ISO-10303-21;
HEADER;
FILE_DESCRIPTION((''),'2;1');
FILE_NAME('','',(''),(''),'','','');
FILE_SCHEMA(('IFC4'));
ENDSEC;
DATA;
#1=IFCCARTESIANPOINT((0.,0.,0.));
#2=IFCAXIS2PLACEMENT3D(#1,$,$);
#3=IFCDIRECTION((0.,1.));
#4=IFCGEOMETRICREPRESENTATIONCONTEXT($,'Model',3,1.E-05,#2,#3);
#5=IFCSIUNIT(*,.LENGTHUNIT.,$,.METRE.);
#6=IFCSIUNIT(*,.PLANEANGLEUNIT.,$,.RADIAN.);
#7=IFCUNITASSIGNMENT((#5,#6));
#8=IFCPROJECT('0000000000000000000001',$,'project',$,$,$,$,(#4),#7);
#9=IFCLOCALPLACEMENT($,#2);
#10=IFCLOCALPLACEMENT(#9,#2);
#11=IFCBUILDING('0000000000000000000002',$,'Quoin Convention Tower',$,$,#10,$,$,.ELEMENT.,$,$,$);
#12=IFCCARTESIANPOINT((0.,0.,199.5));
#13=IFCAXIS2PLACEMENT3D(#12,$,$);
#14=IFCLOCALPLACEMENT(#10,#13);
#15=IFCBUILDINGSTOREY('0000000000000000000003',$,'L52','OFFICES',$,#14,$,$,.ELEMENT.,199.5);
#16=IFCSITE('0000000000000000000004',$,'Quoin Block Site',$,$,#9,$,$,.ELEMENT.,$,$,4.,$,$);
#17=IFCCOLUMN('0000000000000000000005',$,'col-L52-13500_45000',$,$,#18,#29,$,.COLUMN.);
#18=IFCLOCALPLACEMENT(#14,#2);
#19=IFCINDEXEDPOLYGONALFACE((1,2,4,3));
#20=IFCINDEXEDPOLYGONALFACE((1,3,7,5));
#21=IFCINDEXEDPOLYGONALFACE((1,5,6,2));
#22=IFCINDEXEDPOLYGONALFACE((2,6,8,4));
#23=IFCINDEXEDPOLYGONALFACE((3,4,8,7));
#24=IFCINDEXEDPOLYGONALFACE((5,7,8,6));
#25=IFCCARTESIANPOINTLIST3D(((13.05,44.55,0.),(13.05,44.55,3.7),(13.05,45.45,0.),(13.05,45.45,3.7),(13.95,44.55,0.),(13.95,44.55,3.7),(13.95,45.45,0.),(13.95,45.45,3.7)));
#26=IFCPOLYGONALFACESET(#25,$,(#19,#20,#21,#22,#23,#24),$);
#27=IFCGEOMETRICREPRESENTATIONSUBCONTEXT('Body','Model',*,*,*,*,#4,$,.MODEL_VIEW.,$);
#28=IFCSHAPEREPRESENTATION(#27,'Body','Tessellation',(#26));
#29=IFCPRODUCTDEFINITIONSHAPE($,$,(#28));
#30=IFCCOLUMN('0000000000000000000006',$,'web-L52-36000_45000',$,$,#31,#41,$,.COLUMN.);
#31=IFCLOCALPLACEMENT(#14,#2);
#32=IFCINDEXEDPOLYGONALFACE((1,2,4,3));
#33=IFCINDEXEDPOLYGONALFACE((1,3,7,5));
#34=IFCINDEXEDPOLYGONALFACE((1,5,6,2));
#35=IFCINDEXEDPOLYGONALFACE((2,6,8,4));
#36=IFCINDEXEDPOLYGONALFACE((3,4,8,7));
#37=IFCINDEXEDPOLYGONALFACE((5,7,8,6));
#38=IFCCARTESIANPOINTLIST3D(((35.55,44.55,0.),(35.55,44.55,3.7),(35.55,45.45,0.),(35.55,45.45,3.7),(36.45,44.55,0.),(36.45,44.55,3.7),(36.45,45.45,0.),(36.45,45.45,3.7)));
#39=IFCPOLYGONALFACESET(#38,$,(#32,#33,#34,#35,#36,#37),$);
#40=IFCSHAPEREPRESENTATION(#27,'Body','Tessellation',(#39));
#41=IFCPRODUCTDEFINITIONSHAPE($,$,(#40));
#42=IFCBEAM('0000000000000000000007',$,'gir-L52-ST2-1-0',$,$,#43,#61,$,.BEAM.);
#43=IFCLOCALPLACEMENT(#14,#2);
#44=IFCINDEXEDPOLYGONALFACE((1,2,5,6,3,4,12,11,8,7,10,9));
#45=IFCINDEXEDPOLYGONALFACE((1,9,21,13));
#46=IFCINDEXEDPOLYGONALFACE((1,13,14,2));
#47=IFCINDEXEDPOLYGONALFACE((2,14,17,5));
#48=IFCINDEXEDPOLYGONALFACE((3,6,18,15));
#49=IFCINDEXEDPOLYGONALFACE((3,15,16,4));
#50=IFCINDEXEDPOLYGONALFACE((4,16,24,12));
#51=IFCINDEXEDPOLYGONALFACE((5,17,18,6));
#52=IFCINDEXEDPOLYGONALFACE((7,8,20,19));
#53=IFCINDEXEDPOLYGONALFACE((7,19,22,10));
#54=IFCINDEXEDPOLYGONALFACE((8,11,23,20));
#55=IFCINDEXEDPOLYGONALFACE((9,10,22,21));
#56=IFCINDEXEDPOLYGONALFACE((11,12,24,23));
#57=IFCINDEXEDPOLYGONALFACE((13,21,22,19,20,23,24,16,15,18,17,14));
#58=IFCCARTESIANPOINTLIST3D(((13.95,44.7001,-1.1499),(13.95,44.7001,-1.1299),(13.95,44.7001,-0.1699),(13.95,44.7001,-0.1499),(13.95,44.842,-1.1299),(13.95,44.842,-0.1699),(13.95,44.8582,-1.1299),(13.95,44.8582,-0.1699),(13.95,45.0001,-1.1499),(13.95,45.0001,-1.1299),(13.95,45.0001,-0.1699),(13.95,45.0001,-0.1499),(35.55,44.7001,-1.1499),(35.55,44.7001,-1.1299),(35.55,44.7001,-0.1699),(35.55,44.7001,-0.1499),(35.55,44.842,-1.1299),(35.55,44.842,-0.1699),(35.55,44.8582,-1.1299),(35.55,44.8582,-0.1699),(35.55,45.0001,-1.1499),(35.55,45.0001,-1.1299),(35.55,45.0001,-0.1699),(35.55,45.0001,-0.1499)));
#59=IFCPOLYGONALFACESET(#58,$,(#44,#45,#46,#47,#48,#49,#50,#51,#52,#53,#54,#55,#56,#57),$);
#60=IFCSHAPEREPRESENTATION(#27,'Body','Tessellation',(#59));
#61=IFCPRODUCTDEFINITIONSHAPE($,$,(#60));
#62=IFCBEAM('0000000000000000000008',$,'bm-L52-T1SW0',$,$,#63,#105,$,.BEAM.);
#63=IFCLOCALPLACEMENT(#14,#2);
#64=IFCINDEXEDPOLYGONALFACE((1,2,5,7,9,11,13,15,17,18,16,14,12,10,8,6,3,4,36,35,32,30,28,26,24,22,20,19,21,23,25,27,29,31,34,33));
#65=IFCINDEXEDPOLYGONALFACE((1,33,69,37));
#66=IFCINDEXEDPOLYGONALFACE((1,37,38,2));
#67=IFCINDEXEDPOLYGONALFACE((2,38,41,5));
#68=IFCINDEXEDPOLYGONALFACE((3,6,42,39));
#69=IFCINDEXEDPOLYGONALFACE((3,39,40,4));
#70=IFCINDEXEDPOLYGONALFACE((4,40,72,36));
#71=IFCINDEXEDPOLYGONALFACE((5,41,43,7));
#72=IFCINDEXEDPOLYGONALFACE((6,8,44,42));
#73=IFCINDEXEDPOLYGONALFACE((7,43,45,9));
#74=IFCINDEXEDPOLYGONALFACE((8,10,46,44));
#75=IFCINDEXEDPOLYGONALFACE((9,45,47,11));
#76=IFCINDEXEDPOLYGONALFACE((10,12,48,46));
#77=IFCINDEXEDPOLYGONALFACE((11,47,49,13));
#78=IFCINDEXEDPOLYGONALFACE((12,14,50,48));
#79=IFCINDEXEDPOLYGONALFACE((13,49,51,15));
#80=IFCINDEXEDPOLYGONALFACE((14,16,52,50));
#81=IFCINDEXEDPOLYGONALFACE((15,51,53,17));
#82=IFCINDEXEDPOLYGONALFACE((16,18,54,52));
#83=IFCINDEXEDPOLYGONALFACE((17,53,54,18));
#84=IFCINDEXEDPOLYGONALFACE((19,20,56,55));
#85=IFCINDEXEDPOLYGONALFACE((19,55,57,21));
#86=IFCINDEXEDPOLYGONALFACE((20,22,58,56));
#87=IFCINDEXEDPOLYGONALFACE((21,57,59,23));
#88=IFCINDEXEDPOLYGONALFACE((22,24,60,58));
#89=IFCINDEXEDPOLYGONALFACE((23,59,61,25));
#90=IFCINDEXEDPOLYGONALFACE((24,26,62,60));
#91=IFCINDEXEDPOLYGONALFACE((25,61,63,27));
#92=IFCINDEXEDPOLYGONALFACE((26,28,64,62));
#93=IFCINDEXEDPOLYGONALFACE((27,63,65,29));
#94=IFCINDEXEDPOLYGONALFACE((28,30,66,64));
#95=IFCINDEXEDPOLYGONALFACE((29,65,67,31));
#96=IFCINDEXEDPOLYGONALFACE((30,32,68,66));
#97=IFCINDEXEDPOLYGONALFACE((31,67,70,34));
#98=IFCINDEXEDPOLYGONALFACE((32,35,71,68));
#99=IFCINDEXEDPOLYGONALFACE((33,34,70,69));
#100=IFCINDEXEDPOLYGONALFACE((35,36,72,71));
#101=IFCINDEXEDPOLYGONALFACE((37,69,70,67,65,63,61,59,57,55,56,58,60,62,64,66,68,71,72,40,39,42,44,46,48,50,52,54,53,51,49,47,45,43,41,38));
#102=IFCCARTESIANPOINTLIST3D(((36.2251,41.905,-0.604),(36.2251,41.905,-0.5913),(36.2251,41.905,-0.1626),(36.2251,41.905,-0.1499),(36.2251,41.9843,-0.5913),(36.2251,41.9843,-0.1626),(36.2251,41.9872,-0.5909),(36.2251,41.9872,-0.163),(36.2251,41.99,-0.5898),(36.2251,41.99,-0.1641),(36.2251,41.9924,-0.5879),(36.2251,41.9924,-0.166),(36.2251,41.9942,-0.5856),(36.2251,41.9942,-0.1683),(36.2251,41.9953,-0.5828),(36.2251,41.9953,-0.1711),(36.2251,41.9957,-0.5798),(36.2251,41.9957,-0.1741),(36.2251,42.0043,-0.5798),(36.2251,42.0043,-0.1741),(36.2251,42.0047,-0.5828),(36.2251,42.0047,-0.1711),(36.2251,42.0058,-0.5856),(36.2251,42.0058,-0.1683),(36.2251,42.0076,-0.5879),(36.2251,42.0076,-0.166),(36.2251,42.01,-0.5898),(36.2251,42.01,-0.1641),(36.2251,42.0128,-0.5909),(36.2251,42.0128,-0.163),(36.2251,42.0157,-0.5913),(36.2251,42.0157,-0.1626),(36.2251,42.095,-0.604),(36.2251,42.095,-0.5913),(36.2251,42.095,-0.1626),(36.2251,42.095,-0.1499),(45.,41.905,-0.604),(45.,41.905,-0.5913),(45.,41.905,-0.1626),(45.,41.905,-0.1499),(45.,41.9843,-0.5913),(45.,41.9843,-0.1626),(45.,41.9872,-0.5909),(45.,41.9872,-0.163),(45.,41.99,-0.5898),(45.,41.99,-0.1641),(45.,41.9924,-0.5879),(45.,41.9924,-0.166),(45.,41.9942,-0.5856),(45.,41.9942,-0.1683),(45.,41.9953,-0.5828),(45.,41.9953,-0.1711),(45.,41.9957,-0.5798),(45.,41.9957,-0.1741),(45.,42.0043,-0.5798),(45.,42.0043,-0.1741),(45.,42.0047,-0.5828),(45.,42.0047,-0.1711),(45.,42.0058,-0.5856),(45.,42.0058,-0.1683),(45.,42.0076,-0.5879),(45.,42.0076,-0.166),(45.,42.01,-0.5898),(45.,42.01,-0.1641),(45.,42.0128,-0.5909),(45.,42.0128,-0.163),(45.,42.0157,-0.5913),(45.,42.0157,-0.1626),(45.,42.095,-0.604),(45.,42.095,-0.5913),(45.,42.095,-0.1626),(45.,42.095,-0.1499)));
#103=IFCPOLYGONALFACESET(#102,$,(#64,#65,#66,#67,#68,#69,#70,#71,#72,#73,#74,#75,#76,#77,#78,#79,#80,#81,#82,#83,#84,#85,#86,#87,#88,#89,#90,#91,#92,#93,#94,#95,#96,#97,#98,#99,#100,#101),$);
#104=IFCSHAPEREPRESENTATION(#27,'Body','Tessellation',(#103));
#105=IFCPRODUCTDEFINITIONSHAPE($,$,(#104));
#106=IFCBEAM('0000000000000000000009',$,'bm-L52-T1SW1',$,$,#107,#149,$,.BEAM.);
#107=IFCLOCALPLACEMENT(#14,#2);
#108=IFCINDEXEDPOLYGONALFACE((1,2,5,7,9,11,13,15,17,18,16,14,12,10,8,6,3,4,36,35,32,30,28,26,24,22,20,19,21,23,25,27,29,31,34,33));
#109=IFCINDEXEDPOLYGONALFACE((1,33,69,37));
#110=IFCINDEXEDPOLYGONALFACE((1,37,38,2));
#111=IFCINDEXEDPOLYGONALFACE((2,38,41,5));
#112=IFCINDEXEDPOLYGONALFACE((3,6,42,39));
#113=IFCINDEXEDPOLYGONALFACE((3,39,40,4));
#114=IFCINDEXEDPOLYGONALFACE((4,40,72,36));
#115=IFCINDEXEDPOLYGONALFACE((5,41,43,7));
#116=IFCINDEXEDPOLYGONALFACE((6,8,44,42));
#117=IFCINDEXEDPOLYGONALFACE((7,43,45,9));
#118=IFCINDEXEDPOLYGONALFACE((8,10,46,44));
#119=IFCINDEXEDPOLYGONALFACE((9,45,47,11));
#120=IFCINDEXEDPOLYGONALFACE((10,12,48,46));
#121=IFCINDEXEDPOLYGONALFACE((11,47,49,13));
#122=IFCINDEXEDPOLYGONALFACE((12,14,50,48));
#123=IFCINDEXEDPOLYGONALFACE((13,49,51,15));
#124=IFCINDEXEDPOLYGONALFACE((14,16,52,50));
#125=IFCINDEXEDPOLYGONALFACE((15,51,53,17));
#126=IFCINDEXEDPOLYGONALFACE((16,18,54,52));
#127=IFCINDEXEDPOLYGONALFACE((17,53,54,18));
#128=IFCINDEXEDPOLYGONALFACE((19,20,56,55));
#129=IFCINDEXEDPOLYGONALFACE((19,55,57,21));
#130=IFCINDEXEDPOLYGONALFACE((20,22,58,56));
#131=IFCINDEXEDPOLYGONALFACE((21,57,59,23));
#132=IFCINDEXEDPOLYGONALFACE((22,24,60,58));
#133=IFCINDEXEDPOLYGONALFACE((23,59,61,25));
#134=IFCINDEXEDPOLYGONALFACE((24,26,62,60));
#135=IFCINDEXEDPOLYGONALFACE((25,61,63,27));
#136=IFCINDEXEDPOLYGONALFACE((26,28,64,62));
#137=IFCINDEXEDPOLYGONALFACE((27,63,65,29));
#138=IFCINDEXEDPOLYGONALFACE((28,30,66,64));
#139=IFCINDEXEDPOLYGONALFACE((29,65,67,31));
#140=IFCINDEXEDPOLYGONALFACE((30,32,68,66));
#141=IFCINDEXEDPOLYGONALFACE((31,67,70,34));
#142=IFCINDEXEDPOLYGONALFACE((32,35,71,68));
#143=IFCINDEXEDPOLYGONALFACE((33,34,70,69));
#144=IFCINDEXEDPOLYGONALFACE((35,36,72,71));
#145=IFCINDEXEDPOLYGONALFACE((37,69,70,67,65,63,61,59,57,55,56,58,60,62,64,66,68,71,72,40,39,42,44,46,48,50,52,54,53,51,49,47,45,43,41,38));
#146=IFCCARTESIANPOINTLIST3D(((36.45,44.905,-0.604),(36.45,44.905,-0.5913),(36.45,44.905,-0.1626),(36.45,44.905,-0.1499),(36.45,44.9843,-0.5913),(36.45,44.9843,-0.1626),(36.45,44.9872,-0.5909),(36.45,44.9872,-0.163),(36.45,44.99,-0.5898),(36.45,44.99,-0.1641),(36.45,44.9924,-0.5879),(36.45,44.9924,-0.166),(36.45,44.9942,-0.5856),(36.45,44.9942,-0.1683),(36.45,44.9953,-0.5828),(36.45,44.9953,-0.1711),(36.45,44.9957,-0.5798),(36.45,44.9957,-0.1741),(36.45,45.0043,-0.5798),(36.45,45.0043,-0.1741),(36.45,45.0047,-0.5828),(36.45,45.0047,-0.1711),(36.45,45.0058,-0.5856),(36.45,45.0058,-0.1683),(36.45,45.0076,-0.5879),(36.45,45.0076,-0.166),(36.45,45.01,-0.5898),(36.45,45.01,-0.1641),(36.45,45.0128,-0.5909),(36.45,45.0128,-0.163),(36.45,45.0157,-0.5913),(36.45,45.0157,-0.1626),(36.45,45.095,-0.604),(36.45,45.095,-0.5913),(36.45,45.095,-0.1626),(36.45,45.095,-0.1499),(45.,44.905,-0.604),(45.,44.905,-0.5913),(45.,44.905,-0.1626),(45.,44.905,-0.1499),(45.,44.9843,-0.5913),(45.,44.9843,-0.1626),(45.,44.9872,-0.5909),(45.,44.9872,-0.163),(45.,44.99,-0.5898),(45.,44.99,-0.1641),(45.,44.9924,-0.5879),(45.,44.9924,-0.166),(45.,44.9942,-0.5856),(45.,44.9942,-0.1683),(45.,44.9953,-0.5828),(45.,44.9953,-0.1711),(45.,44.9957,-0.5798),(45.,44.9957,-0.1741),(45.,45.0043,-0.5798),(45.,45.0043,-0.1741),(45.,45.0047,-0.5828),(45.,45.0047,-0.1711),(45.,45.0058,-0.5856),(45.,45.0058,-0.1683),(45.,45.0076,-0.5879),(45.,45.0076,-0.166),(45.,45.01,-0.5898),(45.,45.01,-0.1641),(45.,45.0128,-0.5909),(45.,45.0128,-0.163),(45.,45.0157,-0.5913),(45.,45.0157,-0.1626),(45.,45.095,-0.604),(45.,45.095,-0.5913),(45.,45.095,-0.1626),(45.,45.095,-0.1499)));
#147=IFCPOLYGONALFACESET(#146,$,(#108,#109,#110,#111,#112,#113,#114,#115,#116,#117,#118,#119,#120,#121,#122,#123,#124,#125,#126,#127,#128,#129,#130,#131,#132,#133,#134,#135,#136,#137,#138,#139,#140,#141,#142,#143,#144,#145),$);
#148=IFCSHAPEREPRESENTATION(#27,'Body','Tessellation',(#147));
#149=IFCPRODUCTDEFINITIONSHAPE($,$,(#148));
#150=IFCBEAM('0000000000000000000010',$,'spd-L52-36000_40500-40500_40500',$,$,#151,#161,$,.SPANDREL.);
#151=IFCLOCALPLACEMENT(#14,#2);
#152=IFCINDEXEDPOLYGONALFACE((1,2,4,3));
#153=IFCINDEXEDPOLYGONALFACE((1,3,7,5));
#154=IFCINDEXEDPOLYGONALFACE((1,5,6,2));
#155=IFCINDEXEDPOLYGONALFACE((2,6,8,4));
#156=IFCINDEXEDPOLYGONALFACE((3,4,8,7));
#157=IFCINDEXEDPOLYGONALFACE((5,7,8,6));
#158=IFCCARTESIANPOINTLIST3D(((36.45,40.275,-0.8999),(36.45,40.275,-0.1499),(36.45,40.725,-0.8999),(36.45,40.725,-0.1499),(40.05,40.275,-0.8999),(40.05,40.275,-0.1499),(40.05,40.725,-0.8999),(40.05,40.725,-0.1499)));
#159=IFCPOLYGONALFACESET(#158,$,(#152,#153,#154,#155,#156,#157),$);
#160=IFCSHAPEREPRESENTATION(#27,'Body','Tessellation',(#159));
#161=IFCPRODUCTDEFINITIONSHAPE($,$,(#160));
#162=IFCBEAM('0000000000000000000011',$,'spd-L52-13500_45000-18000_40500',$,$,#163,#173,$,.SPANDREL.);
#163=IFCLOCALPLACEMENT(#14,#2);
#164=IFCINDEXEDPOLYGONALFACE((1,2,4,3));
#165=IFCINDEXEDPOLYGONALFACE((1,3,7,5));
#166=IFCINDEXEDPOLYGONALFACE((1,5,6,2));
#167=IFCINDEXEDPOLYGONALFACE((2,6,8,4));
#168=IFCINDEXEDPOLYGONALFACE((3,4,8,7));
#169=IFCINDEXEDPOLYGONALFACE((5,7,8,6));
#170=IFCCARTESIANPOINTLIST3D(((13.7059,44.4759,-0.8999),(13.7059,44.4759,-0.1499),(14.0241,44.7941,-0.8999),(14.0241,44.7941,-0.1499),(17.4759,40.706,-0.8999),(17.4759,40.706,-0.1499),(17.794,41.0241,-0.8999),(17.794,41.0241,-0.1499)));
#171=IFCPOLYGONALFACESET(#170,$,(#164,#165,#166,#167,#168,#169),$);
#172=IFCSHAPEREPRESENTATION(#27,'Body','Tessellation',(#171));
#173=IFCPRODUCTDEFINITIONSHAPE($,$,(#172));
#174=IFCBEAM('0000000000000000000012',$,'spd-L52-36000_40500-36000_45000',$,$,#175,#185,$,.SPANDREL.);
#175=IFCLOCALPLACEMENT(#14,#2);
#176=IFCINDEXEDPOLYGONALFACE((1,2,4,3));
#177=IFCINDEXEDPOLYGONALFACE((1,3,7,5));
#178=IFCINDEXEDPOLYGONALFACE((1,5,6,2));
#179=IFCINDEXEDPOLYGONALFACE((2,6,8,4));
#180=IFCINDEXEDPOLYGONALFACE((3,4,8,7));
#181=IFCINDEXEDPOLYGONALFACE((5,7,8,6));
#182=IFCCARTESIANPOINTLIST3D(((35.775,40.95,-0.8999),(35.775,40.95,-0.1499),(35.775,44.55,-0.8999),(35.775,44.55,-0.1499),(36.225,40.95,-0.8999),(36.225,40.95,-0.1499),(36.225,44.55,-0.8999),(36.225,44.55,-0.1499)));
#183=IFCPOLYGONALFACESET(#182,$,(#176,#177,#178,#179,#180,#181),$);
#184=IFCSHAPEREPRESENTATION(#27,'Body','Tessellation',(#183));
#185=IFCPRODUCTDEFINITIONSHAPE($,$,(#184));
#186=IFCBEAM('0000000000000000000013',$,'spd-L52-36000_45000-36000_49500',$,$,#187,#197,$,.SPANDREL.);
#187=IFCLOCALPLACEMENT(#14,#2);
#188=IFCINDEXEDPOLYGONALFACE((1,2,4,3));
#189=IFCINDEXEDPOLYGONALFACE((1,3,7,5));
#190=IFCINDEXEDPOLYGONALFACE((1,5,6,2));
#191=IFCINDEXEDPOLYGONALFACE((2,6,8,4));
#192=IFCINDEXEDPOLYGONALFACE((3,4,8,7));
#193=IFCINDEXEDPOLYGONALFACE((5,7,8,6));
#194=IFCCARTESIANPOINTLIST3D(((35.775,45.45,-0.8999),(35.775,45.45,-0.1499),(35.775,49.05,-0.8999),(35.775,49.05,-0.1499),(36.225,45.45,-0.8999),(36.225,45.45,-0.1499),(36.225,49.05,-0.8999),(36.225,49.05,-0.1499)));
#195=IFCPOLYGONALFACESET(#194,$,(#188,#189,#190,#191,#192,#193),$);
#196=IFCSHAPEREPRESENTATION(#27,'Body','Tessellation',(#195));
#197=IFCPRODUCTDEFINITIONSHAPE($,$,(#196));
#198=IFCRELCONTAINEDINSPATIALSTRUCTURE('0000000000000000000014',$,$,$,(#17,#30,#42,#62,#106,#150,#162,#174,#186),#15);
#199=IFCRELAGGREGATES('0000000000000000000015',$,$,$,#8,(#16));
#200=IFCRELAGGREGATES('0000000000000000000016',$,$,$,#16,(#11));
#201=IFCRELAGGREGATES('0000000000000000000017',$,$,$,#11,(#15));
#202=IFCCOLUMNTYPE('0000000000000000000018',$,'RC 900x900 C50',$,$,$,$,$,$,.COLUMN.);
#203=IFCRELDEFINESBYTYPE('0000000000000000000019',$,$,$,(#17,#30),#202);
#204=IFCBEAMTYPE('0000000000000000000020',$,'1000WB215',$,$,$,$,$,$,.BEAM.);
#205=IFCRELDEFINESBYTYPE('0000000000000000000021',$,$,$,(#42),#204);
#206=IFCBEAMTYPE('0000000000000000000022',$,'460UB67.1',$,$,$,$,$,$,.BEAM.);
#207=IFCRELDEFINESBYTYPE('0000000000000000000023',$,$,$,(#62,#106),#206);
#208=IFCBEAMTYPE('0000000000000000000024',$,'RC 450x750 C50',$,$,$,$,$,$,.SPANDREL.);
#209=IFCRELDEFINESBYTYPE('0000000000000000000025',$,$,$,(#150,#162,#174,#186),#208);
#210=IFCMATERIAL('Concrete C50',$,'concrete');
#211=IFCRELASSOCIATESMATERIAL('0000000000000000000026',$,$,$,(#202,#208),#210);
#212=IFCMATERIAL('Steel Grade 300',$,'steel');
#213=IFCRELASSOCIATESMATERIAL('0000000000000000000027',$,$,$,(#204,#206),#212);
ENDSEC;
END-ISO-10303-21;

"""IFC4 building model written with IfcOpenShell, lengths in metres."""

from ifc_helpers import new_model, si_unit, direction, frame, origin, origin_2d, place, context, subcontext, project, spatial, rectangle, i_section, extrude, material, material_profile, profile_set, type_object, element, save


model = new_model("IFC4")

# Units and contexts
model_context = context("Model", 3, precision=1e-05, world=origin(), true_north=direction((0.0, 1.0)))
body_context = subcontext(model_context, "Body", "Model", "MODEL_VIEW")
ifc_project = project(units=[si_unit("LENGTHUNIT", "METRE"), si_unit("PLANEANGLEUNIT", "RADIAN")], contexts=[model_context])

# Site, building, storey
site_placement = place(None, origin())
site = spatial("IfcSite", under=ifc_project, at=site_placement, Name="Quoin Block Site", CompositionType="ELEMENT", RefElevation=4.0)
building_placement = place(site_placement, origin())
building = spatial("IfcBuilding", under=site, at=building_placement, Name="Quoin Convention Tower", CompositionType="ELEMENT")
storey_placement = place(building_placement, frame((0.0, 0.0, 199.5)))
storey = spatial("IfcBuildingStorey", under=building, at=storey_placement, Name="L52", Description="OFFICES", CompositionType="ELEMENT", Elevation=199.5)

# Columns
ifc_material_1 = material(Name="Concrete C50", Category="concrete")
ifc_material_profile_1 = material_profile(ifc_material_1, rectangle(XDim=0.8999, YDim=0.8999, at=origin_2d()), Name="RC 900x900")
ifc_profile_set_1 = profile_set([ifc_material_profile_1], Name="Concrete C50")
column_type = type_object("IfcColumnType", Name="RC 900x900 C50", PredefinedType="COLUMN", material=ifc_profile_set_1)
for number, where, z_axis, x_axis, name in (
    (1, (13.5, 45.0, 0.0), (0.0, 0.0, 1.0), (1.0, 0.0, 0.0), "col-L52-13500_45000"),
    (2, (36.0, 45.0, 0.0), (0.0, 0.0, 1.0), (1.0, 0.0, 0.0), "web-L52-36000_45000"),
):
    element("IfcColumn", number, at=place(storey_placement, frame(where, z_axis=z_axis, x_axis=x_axis)), inside=storey, type_object=column_type, Name=name, PredefinedType="COLUMN", context=body_context, shape_type="SweptSolid", body=[
        extrude(rectangle(XDim=0.8999, YDim=0.8999, at=origin_2d()), origin(), (0.0, 0.0, 1.0), 3.7),
    ])

# Beams
ifc_material_2 = material(Name="Steel Grade 300", Category="steel")
ifc_material_profile_2 = material_profile(ifc_material_2, i_section(OverallWidth=0.3, OverallDepth=1.0, WebThickness=0.0161, FlangeThickness=0.02, at=origin_2d()), Name="1000WB215")
ifc_profile_set_2 = profile_set([ifc_material_profile_2], Name="Steel Grade 300")
beam_type_1 = type_object("IfcBeamType", Name="1000WB215", PredefinedType="BEAM", material=ifc_profile_set_2)
beam_1_placement = place(storey_placement, frame((13.95, 44.8501, -0.6499), z_axis=(1.0, 0.0, 0.0), x_axis=(0.0, 1.0, 0.0)))
element("IfcBeam", 3, at=beam_1_placement, inside=storey, type_object=beam_type_1, Name="gir-L52-ST2-1-0", PredefinedType="BEAM", context=body_context, shape_type="SweptSolid", body=[
    extrude(i_section(OverallWidth=0.3, OverallDepth=1.0, WebThickness=0.0161, FlangeThickness=0.02, at=origin_2d()), origin(), (0.0, 0.0, 1.0), 21.6001),
])
ifc_material_profile_3 = material_profile(ifc_material_2, i_section(OverallWidth=0.1899, OverallDepth=0.4541, WebThickness=0.0085, FlangeThickness=0.0127, FilletRadius=0.0115, at=origin_2d()), Name="460UB67.1")
ifc_profile_set_3 = profile_set([ifc_material_profile_3], Name="Steel Grade 300")
beam_type_2 = type_object("IfcBeamType", Name="460UB67.1", PredefinedType="BEAM", material=ifc_profile_set_3)
beam_2_placement = place(storey_placement, frame((36.2251, 42.0, -0.377), z_axis=(1.0, 0.0, 0.0), x_axis=(0.0, 1.0, 0.0)))
element("IfcBeam", 4, at=beam_2_placement, inside=storey, type_object=beam_type_2, Name="bm-L52-T1SW0", PredefinedType="BEAM", context=body_context, shape_type="SweptSolid", body=[
    extrude(i_section(OverallWidth=0.1899, OverallDepth=0.4541, WebThickness=0.0085, FlangeThickness=0.0127, FilletRadius=0.0115, at=origin_2d()), origin(), (0.0, 0.0, 1.0), 8.7749),
])
beam_3_placement = place(storey_placement, frame((36.45, 45.0, -0.377), z_axis=(1.0, 0.0, 0.0), x_axis=(0.0, 1.0, 0.0)))
element("IfcBeam", 5, at=beam_3_placement, inside=storey, type_object=beam_type_2, Name="bm-L52-T1SW1", PredefinedType="BEAM", context=body_context, shape_type="SweptSolid", body=[
    extrude(i_section(OverallWidth=0.1899, OverallDepth=0.4541, WebThickness=0.0085, FlangeThickness=0.0127, FilletRadius=0.0115, at=origin_2d()), origin(), (0.0, 0.0, 1.0), 8.55),
])
ifc_material_profile_4 = material_profile(ifc_material_1, rectangle(XDim=0.45, YDim=0.75, at=origin_2d()), Name="RC 450x750")
ifc_profile_set_4 = profile_set([ifc_material_profile_4], Name="Concrete C50")
beam_type_3 = type_object("IfcBeamType", Name="RC 450x750 C50", PredefinedType="SPANDREL", material=ifc_profile_set_4)
beam_4_placement = place(storey_placement, frame((36.45, 40.5, -0.5249), z_axis=(1.0, 0.0, 0.0), x_axis=(0.0, 1.0, 0.0)))
element("IfcBeam", 6, at=beam_4_placement, inside=storey, type_object=beam_type_3, Name="spd-L52-36000_40500-40500_40500", PredefinedType="SPANDREL", context=body_context, shape_type="SweptSolid", body=[
    extrude(rectangle(XDim=0.45, YDim=0.75, at=origin_2d()), origin(), (0.0, 0.0, 1.0), 3.6001),
])
beam_5_placement = place(storey_placement, frame((13.865, 44.635, -0.5249), z_axis=(0.707107, -0.707107, 0.0), x_axis=(0.707107, 0.707107, 0.0)))
element("IfcBeam", 7, at=beam_5_placement, inside=storey, type_object=beam_type_3, Name="spd-L52-13500_45000-18000_40500", PredefinedType="SPANDREL", context=body_context, shape_type="SweptSolid", body=[
    extrude(rectangle(XDim=0.45, YDim=0.75, at=origin_2d()), origin(), (0.0, 0.0, 1.0), 5.3315),
])
for number, where, z_axis, x_axis, name in (
    (8, (36.0, 40.95, -0.5249), (0.0, 1.0, 0.0), (-1.0, 0.0, 0.0), "spd-L52-36000_40500-36000_45000"),
    (9, (36.0, 45.45, -0.5249), (0.0, 1.0, 0.0), (-1.0, 0.0, 0.0), "spd-L52-36000_45000-36000_49500"),
):
    element("IfcBeam", number, at=place(storey_placement, frame(where, z_axis=z_axis, x_axis=x_axis)), inside=storey, type_object=beam_type_3, Name=name, PredefinedType="SPANDREL", context=body_context, shape_type="SweptSolid", body=[
        extrude(rectangle(XDim=0.45, YDim=0.75, at=origin_2d()), origin(), (0.0, 0.0, 1.0), 3.6001),
    ])

save(model, "model.ifc")
